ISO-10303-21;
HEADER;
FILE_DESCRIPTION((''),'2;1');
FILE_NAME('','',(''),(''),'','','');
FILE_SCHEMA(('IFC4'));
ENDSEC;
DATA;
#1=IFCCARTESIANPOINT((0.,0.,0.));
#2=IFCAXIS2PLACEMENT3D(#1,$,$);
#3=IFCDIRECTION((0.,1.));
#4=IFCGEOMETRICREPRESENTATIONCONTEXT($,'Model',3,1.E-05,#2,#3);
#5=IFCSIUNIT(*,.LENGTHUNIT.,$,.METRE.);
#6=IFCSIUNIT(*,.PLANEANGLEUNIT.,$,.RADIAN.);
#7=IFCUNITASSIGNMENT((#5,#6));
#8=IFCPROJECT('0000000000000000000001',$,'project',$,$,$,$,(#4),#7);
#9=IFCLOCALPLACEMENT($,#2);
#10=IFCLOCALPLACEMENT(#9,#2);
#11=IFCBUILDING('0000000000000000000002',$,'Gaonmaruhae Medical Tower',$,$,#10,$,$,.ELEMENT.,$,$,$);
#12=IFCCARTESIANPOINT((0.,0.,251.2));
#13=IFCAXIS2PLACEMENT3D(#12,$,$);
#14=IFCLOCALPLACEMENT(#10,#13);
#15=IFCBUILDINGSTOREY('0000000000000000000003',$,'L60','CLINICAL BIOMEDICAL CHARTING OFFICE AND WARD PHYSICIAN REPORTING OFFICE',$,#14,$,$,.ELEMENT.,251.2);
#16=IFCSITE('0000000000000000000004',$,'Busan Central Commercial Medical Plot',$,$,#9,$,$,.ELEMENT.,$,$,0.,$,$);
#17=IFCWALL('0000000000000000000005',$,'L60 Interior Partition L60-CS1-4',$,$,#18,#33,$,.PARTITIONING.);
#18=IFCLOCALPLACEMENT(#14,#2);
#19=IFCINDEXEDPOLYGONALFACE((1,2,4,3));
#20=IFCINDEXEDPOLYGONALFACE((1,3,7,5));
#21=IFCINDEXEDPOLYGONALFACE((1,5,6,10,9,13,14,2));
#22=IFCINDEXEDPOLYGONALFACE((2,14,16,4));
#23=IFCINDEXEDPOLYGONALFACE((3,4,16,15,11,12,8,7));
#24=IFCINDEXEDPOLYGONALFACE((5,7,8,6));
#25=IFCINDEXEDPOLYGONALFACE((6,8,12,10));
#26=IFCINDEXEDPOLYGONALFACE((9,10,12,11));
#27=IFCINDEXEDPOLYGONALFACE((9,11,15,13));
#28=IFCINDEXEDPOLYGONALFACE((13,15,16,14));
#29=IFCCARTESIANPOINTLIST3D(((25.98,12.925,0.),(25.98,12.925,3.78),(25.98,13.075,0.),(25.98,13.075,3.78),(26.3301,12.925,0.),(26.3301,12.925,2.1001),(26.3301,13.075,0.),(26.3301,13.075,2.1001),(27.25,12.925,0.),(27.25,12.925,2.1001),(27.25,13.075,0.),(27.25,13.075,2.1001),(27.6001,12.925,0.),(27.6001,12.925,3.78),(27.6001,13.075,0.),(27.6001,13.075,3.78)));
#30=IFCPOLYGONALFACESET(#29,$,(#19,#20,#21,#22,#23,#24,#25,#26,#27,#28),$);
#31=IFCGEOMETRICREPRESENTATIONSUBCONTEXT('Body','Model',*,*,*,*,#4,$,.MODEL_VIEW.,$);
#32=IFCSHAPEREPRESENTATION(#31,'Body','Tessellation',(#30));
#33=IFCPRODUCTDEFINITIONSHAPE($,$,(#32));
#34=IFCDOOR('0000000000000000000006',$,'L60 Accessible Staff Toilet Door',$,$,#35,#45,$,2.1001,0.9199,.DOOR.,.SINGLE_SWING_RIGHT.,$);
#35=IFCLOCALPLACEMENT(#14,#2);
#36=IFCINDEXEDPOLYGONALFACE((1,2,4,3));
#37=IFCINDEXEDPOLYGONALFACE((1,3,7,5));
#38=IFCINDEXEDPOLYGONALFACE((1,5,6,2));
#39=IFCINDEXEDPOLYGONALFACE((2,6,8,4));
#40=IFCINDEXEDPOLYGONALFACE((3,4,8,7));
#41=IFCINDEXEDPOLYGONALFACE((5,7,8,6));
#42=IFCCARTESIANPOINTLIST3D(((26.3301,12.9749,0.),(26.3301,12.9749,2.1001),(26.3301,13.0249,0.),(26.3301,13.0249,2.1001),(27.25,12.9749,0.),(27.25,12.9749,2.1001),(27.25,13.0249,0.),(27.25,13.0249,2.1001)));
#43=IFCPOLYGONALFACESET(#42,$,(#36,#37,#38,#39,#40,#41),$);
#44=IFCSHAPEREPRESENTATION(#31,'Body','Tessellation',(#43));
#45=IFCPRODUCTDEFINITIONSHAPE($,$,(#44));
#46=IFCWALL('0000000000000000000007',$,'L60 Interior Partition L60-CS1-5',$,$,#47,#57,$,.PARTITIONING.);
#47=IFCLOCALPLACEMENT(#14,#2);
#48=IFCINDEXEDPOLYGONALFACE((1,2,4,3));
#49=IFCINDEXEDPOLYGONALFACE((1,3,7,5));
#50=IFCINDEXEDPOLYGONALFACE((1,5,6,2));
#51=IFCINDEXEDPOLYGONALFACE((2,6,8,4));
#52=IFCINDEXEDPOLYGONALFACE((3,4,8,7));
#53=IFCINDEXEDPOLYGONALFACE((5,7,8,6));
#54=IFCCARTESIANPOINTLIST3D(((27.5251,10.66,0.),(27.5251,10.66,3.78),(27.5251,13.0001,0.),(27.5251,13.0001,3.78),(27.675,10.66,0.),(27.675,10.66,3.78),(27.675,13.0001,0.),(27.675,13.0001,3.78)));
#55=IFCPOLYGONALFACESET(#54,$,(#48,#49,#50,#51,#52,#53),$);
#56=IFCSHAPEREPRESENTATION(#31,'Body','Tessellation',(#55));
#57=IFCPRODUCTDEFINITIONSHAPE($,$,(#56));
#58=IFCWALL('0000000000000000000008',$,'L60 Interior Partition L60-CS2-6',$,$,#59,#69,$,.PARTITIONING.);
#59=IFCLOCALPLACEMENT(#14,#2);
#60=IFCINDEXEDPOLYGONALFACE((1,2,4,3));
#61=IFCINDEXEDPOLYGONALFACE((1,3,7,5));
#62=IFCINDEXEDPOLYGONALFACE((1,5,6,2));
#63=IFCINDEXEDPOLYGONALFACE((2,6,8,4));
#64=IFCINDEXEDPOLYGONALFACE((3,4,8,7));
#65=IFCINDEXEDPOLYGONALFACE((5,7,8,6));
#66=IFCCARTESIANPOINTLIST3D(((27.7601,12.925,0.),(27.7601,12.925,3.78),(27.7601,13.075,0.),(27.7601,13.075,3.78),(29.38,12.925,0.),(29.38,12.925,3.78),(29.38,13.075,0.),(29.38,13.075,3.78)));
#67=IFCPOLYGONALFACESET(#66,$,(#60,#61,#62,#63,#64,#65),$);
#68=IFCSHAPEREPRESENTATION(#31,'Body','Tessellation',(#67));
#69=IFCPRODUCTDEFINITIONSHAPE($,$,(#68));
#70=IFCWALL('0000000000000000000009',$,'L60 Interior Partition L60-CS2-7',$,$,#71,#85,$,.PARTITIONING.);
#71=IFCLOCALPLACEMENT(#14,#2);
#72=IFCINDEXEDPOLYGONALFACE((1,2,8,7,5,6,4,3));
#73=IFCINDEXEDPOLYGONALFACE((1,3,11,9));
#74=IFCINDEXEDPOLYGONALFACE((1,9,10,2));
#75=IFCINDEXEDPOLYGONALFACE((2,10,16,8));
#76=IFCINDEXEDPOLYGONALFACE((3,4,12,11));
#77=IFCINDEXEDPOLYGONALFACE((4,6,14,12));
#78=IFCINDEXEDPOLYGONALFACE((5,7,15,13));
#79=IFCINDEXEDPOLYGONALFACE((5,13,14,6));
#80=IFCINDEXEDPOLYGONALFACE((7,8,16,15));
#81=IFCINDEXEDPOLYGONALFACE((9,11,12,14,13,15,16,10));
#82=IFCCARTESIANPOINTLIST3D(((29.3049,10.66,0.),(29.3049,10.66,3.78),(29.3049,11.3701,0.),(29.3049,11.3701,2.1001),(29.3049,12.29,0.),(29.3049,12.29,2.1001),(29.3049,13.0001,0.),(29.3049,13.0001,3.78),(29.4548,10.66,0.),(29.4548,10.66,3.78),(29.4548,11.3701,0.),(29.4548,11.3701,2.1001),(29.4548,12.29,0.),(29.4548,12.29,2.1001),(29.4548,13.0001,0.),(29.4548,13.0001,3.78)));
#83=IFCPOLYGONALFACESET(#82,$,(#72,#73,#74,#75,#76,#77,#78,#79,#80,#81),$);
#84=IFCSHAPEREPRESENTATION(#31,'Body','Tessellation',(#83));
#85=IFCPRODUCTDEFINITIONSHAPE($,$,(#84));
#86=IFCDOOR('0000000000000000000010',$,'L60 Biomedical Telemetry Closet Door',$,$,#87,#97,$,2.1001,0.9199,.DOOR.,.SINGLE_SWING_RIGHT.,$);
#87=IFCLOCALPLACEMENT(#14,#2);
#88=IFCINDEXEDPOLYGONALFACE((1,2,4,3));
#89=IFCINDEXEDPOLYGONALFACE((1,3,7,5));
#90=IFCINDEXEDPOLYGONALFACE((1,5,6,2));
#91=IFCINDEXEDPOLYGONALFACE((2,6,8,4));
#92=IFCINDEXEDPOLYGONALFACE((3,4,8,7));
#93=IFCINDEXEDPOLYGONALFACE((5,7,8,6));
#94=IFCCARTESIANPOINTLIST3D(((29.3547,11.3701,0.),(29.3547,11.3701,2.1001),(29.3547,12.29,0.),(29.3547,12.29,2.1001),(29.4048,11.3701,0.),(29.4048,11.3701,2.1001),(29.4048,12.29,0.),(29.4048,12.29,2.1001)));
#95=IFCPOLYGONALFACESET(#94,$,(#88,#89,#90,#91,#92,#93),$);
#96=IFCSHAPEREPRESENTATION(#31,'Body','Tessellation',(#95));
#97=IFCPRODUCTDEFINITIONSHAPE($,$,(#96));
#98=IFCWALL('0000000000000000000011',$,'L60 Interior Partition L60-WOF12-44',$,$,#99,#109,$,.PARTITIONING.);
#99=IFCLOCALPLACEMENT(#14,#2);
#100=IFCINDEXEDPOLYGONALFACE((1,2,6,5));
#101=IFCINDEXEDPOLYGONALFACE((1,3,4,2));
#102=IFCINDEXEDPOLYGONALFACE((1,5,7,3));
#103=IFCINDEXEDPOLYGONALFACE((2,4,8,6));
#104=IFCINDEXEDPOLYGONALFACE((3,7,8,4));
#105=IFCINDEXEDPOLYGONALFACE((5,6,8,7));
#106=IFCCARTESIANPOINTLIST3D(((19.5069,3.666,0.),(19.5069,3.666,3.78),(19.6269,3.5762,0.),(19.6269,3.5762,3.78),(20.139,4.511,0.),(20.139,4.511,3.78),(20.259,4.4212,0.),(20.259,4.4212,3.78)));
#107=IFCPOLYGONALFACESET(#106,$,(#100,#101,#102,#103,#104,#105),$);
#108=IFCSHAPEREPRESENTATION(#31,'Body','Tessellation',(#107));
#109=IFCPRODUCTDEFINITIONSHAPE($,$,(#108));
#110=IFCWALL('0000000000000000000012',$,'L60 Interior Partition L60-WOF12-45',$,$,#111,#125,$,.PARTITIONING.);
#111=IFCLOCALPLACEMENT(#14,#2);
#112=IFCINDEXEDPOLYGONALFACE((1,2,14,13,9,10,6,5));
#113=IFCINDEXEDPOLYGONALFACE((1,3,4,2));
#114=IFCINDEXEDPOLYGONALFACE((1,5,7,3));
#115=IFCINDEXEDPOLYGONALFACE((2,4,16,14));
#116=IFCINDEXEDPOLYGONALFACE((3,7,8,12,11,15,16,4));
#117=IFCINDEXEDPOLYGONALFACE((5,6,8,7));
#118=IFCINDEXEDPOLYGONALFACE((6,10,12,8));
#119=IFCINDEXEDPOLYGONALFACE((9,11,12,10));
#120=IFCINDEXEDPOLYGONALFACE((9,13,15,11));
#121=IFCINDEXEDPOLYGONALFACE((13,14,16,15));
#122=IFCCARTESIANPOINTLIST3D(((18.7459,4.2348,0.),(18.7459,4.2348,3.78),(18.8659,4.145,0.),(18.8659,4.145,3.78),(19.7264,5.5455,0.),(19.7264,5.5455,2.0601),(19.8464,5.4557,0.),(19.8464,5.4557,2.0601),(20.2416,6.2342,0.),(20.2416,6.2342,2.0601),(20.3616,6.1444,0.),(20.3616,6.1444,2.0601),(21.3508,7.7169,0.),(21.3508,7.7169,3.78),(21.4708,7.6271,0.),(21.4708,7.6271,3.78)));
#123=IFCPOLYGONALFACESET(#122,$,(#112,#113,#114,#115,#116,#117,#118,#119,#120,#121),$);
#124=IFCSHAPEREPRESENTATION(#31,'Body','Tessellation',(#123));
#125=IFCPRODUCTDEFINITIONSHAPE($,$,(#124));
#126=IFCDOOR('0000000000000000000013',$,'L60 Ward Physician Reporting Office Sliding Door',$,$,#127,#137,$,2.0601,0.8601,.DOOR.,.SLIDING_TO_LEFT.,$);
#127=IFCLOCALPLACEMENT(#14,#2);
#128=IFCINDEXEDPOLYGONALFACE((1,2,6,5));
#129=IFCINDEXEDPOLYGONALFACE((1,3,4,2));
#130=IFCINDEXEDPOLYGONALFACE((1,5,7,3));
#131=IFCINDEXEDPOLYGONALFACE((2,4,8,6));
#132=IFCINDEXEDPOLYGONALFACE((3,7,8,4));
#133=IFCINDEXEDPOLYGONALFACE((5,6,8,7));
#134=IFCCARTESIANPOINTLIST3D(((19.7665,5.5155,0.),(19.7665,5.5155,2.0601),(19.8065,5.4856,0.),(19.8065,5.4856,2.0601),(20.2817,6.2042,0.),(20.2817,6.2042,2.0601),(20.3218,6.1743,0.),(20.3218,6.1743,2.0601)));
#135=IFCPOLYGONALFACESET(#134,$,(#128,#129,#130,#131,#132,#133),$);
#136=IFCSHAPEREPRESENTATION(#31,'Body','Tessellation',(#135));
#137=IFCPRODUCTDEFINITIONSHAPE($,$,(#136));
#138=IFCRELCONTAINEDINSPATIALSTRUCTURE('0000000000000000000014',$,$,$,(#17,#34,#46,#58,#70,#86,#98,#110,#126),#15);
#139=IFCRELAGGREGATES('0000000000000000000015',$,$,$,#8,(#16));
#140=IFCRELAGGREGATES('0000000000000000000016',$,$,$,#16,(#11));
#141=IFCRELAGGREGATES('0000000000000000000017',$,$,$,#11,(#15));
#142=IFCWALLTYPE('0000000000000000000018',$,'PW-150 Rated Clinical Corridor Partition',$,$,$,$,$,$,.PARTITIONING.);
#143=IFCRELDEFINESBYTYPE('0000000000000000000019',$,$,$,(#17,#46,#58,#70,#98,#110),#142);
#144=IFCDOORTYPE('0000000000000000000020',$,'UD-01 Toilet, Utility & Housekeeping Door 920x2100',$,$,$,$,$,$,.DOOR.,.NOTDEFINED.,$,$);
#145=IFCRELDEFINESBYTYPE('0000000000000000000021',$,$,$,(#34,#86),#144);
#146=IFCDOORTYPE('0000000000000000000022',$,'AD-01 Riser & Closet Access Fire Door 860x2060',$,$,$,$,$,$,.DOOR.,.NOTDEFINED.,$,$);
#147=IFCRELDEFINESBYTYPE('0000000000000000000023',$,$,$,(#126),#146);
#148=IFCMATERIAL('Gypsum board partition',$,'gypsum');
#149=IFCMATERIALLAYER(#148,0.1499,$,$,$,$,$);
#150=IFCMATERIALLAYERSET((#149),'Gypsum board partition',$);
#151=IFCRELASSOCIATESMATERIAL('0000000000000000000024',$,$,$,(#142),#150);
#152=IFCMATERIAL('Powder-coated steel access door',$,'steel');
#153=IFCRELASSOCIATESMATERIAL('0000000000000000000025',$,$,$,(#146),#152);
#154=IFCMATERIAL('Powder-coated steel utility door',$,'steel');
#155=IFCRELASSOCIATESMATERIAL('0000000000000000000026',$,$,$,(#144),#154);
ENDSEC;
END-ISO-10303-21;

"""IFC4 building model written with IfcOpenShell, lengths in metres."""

from ifc_helpers import new_model, si_unit, direction, frame, frame_2d, origin, place, context, subcontext, project, spatial, rectangle, extrude, material, layer, layer_set, type_object, element, fill, save


model = new_model("IFC4")

# Units and contexts
model_context = context("Model", 3, precision=1e-05, world=origin(), true_north=direction((0.0, 1.0)))
body_context = subcontext(model_context, "Body", "Model", "MODEL_VIEW")
ifc_project = project(units=[si_unit("LENGTHUNIT", "METRE"), si_unit("PLANEANGLEUNIT", "RADIAN")], contexts=[model_context])

# Site, building, storey
site_placement = place(None, origin())
site = spatial("IfcSite", under=ifc_project, at=site_placement, Name="Busan Central Commercial Medical Plot", CompositionType="ELEMENT", RefElevation=0.0)
building_placement = place(site_placement, origin())
building = spatial("IfcBuilding", under=site, at=building_placement, Name="Gaonmaruhae Medical Tower", CompositionType="ELEMENT")
storey_placement = place(building_placement, frame((0.0, 0.0, 251.2)))
storey = spatial("IfcBuildingStorey", under=building, at=storey_placement, Name="L60", Description="CLINICAL BIOMEDICAL CHARTING OFFICE AND WARD PHYSICIAN REPORTING OFFICE", CompositionType="ELEMENT", Elevation=251.2)

# Shared definitions
ifc_material_1 = material(Name="Gypsum board partition", Category="gypsum")
ifc_layer_1 = layer(ifc_material_1, 0.1499)
ifc_layer_set_1 = layer_set([ifc_layer_1], Name="Gypsum board partition")
wall_type_1 = type_object("IfcWallType", Name="PW-150 Rated Clinical Corridor Partition", PredefinedType="PARTITIONING", material=ifc_layer_set_1)
ifc_material_2 = material(Name="Powder-coated steel access door", Category="steel")
door_type_1 = type_object("IfcDoorType", Name="AD-01 Riser & Closet Access Fire Door 860x2060", OperationType="NOTDEFINED", PredefinedType="DOOR", material=ifc_material_2)

# Wall, opening, door
wall_1_placement = place(storey_placement, frame((25.98, 13.0, 0.0), z_axis=(0.0, 0.0, 1.0), x_axis=(1.0, 0.0, 0.0)))
wall_1 = element("IfcWall", 1, at=wall_1_placement, inside=storey, type_object=wall_type_1, Name="L60 Interior Partition L60-CS1-4", PredefinedType="PARTITIONING", context=body_context, shape_type="SweptSolid", body=[
    extrude(rectangle(XDim=1.6201, YDim=0.1499, at=frame_2d((0.8101, 0.0))), origin(), (0.0, 0.0, 1.0), 3.78),
])
opening_1_placement = place(wall_1_placement, frame((0.3501, 0.0, 0.0)))
opening_1 = element("IfcOpeningElement", 2, at=opening_1_placement, cuts=wall_1, PredefinedType="OPENING", context=body_context, shape_type="SweptSolid", body=[
    extrude(rectangle(XDim=0.9199, YDim=2.1001, at=frame_2d((0.46, 1.05))), frame((0.0, 0.085, 0.0), z_axis=(0.0, -1.0, 0.0), x_axis=(1.0, 0.0, 0.0)), (0.0, 0.0, 1.0), 0.1699),
])
ifc_material_3 = material(Name="Powder-coated steel utility door", Category="steel")
door_type_2 = type_object("IfcDoorType", Name="UD-01 Toilet, Utility & Housekeeping Door 920x2100", OperationType="NOTDEFINED", PredefinedType="DOOR", material=ifc_material_3)
door_1_placement = place(opening_1_placement, origin())
door_1 = element("IfcDoor", 3, at=door_1_placement, inside=storey, type_object=door_type_2, Name="L60 Accessible Staff Toilet Door", OperationType="SINGLE_SWING_RIGHT", OverallHeight=2.1001, OverallWidth=0.9199, PredefinedType="DOOR", context=body_context, shape_type="SweptSolid", body=[
    extrude(rectangle(XDim=0.9199, YDim=2.1001, at=frame_2d((0.46, 1.05))), frame((0.0, 0.0249, 0.0), z_axis=(0.0, -1.0, 0.0), x_axis=(1.0, 0.0, 0.0)), (0.0, 0.0, 1.0), 0.05),
])
fill(opening_1, door_1)

# Walls
wall_2_placement = place(storey_placement, frame((27.6001, 13.0, 0.0), z_axis=(0.0, 0.0, 1.0), x_axis=(0.0, -1.0, 0.0)))
element("IfcWall", 4, at=wall_2_placement, inside=storey, type_object=wall_type_1, Name="L60 Interior Partition L60-CS1-5", PredefinedType="PARTITIONING", context=body_context, shape_type="SweptSolid", body=[
    extrude(rectangle(XDim=2.3401, YDim=0.1499, at=frame_2d((1.1699, 0.0))), origin(), (0.0, 0.0, 1.0), 3.78),
])
wall_3_placement = place(storey_placement, frame((27.76, 13.0, 0.0), z_axis=(0.0, 0.0, 1.0), x_axis=(1.0, 0.0, 0.0)))
element("IfcWall", 5, at=wall_3_placement, inside=storey, type_object=wall_type_1, Name="L60 Interior Partition L60-CS2-6", PredefinedType="PARTITIONING", context=body_context, shape_type="SweptSolid", body=[
    extrude(rectangle(XDim=1.6199, YDim=0.1499, at=frame_2d((0.8101, 0.0))), origin(), (0.0, 0.0, 1.0), 3.78),
])

# Wall, opening, door
wall_4_placement = place(storey_placement, frame((29.3799, 13.0, 0.0), z_axis=(0.0, 0.0, 1.0), x_axis=(0.0, -1.0, 0.0)))
wall_4 = element("IfcWall", 6, at=wall_4_placement, inside=storey, type_object=wall_type_1, Name="L60 Interior Partition L60-CS2-7", PredefinedType="PARTITIONING", context=body_context, shape_type="SweptSolid", body=[
    extrude(rectangle(XDim=2.3401, YDim=0.1499, at=frame_2d((1.1699, 0.0))), origin(), (0.0, 0.0, 1.0), 3.78),
])
opening_2_placement = place(wall_4_placement, frame((0.71, 0.0, 0.0)))
opening_2 = element("IfcOpeningElement", 7, at=opening_2_placement, cuts=wall_4, PredefinedType="OPENING", context=body_context, shape_type="SweptSolid", body=[
    extrude(rectangle(XDim=0.9199, YDim=2.1001, at=frame_2d((0.46, 1.05))), frame((0.0, 0.085, 0.0), z_axis=(0.0, -1.0, 0.0), x_axis=(1.0, 0.0, 0.0)), (0.0, 0.0, 1.0), 0.1699),
])
door_2_placement = place(opening_2_placement, origin())
door_2 = element("IfcDoor", 8, at=door_2_placement, inside=storey, type_object=door_type_2, Name="L60 Biomedical Telemetry Closet Door", OperationType="SINGLE_SWING_RIGHT", OverallHeight=2.1001, OverallWidth=0.9199, PredefinedType="DOOR", context=body_context, shape_type="SweptSolid", body=[
    extrude(rectangle(XDim=0.9199, YDim=2.1001, at=frame_2d((0.46, 1.05))), frame((0.0, 0.0249, 0.0), z_axis=(0.0, -1.0, 0.0), x_axis=(1.0, 0.0, 0.0)), (0.0, 0.0, 1.0), 0.05),
])
fill(opening_2, door_2)

# Wall
wall_5_placement = place(storey_placement, frame((20.199, 4.4661, 0.0), z_axis=(0.0, 0.0, 1.0), x_axis=(-0.599, -0.800749, 0.0)))
element("IfcWall", 9, at=wall_5_placement, inside=storey, type_object=wall_type_1, Name="L60 Interior Partition L60-WOF12-44", PredefinedType="PARTITIONING", context=body_context, shape_type="SweptSolid", body=[
    extrude(rectangle(XDim=1.0552, YDim=0.1499, at=frame_2d((0.5276, 0.0))), origin(), (0.0, 0.0, 1.0), 3.78),
])

# Wall, opening, door
wall_6_placement = place(storey_placement, frame((18.8059, 4.1899, 0.0), z_axis=(0.0, 0.0, 1.0), x_axis=(0.59902, 0.800734, 0.0)))
wall_6 = element("IfcWall", 10, at=wall_6_placement, inside=storey, type_object=wall_type_1, Name="L60 Interior Partition L60-WOF12-45", PredefinedType="PARTITIONING", context=body_context, shape_type="SweptSolid", body=[
    extrude(rectangle(XDim=4.3486, YDim=0.1499, at=frame_2d((2.1743, 0.0))), origin(), (0.0, 0.0, 1.0), 3.78),
])
opening_3_placement = place(wall_6_placement, frame((1.6367, 0.0, 0.0)))
opening_3 = element("IfcOpeningElement", 11, at=opening_3_placement, cuts=wall_6, PredefinedType="OPENING", context=body_context, shape_type="SweptSolid", body=[
    extrude(rectangle(XDim=0.8601, YDim=2.0601, at=frame_2d((0.4302, 1.03))), frame((0.0, 0.085, 0.0), z_axis=(0.0, -1.0, 0.0), x_axis=(1.0, 0.0, 0.0)), (0.0, 0.0, 1.0), 0.1699),
])
door_3_placement = place(opening_3_placement, origin())
door_3 = element("IfcDoor", 12, at=door_3_placement, inside=storey, type_object=door_type_1, Name="L60 Ward Physician Reporting Office Sliding Door", OperationType="SLIDING_TO_LEFT", OverallHeight=2.0601, OverallWidth=0.8601, PredefinedType="DOOR", context=body_context, shape_type="SweptSolid", body=[
    extrude(rectangle(XDim=0.8601, YDim=2.0601, at=frame_2d((0.4302, 1.03))), frame((0.0, 0.0249, 0.0), z_axis=(0.0, -1.0, 0.0), x_axis=(1.0, 0.0, 0.0)), (0.0, 0.0, 1.0), 0.05),
])
fill(opening_3, door_3)

save(model, "model.ifc")
